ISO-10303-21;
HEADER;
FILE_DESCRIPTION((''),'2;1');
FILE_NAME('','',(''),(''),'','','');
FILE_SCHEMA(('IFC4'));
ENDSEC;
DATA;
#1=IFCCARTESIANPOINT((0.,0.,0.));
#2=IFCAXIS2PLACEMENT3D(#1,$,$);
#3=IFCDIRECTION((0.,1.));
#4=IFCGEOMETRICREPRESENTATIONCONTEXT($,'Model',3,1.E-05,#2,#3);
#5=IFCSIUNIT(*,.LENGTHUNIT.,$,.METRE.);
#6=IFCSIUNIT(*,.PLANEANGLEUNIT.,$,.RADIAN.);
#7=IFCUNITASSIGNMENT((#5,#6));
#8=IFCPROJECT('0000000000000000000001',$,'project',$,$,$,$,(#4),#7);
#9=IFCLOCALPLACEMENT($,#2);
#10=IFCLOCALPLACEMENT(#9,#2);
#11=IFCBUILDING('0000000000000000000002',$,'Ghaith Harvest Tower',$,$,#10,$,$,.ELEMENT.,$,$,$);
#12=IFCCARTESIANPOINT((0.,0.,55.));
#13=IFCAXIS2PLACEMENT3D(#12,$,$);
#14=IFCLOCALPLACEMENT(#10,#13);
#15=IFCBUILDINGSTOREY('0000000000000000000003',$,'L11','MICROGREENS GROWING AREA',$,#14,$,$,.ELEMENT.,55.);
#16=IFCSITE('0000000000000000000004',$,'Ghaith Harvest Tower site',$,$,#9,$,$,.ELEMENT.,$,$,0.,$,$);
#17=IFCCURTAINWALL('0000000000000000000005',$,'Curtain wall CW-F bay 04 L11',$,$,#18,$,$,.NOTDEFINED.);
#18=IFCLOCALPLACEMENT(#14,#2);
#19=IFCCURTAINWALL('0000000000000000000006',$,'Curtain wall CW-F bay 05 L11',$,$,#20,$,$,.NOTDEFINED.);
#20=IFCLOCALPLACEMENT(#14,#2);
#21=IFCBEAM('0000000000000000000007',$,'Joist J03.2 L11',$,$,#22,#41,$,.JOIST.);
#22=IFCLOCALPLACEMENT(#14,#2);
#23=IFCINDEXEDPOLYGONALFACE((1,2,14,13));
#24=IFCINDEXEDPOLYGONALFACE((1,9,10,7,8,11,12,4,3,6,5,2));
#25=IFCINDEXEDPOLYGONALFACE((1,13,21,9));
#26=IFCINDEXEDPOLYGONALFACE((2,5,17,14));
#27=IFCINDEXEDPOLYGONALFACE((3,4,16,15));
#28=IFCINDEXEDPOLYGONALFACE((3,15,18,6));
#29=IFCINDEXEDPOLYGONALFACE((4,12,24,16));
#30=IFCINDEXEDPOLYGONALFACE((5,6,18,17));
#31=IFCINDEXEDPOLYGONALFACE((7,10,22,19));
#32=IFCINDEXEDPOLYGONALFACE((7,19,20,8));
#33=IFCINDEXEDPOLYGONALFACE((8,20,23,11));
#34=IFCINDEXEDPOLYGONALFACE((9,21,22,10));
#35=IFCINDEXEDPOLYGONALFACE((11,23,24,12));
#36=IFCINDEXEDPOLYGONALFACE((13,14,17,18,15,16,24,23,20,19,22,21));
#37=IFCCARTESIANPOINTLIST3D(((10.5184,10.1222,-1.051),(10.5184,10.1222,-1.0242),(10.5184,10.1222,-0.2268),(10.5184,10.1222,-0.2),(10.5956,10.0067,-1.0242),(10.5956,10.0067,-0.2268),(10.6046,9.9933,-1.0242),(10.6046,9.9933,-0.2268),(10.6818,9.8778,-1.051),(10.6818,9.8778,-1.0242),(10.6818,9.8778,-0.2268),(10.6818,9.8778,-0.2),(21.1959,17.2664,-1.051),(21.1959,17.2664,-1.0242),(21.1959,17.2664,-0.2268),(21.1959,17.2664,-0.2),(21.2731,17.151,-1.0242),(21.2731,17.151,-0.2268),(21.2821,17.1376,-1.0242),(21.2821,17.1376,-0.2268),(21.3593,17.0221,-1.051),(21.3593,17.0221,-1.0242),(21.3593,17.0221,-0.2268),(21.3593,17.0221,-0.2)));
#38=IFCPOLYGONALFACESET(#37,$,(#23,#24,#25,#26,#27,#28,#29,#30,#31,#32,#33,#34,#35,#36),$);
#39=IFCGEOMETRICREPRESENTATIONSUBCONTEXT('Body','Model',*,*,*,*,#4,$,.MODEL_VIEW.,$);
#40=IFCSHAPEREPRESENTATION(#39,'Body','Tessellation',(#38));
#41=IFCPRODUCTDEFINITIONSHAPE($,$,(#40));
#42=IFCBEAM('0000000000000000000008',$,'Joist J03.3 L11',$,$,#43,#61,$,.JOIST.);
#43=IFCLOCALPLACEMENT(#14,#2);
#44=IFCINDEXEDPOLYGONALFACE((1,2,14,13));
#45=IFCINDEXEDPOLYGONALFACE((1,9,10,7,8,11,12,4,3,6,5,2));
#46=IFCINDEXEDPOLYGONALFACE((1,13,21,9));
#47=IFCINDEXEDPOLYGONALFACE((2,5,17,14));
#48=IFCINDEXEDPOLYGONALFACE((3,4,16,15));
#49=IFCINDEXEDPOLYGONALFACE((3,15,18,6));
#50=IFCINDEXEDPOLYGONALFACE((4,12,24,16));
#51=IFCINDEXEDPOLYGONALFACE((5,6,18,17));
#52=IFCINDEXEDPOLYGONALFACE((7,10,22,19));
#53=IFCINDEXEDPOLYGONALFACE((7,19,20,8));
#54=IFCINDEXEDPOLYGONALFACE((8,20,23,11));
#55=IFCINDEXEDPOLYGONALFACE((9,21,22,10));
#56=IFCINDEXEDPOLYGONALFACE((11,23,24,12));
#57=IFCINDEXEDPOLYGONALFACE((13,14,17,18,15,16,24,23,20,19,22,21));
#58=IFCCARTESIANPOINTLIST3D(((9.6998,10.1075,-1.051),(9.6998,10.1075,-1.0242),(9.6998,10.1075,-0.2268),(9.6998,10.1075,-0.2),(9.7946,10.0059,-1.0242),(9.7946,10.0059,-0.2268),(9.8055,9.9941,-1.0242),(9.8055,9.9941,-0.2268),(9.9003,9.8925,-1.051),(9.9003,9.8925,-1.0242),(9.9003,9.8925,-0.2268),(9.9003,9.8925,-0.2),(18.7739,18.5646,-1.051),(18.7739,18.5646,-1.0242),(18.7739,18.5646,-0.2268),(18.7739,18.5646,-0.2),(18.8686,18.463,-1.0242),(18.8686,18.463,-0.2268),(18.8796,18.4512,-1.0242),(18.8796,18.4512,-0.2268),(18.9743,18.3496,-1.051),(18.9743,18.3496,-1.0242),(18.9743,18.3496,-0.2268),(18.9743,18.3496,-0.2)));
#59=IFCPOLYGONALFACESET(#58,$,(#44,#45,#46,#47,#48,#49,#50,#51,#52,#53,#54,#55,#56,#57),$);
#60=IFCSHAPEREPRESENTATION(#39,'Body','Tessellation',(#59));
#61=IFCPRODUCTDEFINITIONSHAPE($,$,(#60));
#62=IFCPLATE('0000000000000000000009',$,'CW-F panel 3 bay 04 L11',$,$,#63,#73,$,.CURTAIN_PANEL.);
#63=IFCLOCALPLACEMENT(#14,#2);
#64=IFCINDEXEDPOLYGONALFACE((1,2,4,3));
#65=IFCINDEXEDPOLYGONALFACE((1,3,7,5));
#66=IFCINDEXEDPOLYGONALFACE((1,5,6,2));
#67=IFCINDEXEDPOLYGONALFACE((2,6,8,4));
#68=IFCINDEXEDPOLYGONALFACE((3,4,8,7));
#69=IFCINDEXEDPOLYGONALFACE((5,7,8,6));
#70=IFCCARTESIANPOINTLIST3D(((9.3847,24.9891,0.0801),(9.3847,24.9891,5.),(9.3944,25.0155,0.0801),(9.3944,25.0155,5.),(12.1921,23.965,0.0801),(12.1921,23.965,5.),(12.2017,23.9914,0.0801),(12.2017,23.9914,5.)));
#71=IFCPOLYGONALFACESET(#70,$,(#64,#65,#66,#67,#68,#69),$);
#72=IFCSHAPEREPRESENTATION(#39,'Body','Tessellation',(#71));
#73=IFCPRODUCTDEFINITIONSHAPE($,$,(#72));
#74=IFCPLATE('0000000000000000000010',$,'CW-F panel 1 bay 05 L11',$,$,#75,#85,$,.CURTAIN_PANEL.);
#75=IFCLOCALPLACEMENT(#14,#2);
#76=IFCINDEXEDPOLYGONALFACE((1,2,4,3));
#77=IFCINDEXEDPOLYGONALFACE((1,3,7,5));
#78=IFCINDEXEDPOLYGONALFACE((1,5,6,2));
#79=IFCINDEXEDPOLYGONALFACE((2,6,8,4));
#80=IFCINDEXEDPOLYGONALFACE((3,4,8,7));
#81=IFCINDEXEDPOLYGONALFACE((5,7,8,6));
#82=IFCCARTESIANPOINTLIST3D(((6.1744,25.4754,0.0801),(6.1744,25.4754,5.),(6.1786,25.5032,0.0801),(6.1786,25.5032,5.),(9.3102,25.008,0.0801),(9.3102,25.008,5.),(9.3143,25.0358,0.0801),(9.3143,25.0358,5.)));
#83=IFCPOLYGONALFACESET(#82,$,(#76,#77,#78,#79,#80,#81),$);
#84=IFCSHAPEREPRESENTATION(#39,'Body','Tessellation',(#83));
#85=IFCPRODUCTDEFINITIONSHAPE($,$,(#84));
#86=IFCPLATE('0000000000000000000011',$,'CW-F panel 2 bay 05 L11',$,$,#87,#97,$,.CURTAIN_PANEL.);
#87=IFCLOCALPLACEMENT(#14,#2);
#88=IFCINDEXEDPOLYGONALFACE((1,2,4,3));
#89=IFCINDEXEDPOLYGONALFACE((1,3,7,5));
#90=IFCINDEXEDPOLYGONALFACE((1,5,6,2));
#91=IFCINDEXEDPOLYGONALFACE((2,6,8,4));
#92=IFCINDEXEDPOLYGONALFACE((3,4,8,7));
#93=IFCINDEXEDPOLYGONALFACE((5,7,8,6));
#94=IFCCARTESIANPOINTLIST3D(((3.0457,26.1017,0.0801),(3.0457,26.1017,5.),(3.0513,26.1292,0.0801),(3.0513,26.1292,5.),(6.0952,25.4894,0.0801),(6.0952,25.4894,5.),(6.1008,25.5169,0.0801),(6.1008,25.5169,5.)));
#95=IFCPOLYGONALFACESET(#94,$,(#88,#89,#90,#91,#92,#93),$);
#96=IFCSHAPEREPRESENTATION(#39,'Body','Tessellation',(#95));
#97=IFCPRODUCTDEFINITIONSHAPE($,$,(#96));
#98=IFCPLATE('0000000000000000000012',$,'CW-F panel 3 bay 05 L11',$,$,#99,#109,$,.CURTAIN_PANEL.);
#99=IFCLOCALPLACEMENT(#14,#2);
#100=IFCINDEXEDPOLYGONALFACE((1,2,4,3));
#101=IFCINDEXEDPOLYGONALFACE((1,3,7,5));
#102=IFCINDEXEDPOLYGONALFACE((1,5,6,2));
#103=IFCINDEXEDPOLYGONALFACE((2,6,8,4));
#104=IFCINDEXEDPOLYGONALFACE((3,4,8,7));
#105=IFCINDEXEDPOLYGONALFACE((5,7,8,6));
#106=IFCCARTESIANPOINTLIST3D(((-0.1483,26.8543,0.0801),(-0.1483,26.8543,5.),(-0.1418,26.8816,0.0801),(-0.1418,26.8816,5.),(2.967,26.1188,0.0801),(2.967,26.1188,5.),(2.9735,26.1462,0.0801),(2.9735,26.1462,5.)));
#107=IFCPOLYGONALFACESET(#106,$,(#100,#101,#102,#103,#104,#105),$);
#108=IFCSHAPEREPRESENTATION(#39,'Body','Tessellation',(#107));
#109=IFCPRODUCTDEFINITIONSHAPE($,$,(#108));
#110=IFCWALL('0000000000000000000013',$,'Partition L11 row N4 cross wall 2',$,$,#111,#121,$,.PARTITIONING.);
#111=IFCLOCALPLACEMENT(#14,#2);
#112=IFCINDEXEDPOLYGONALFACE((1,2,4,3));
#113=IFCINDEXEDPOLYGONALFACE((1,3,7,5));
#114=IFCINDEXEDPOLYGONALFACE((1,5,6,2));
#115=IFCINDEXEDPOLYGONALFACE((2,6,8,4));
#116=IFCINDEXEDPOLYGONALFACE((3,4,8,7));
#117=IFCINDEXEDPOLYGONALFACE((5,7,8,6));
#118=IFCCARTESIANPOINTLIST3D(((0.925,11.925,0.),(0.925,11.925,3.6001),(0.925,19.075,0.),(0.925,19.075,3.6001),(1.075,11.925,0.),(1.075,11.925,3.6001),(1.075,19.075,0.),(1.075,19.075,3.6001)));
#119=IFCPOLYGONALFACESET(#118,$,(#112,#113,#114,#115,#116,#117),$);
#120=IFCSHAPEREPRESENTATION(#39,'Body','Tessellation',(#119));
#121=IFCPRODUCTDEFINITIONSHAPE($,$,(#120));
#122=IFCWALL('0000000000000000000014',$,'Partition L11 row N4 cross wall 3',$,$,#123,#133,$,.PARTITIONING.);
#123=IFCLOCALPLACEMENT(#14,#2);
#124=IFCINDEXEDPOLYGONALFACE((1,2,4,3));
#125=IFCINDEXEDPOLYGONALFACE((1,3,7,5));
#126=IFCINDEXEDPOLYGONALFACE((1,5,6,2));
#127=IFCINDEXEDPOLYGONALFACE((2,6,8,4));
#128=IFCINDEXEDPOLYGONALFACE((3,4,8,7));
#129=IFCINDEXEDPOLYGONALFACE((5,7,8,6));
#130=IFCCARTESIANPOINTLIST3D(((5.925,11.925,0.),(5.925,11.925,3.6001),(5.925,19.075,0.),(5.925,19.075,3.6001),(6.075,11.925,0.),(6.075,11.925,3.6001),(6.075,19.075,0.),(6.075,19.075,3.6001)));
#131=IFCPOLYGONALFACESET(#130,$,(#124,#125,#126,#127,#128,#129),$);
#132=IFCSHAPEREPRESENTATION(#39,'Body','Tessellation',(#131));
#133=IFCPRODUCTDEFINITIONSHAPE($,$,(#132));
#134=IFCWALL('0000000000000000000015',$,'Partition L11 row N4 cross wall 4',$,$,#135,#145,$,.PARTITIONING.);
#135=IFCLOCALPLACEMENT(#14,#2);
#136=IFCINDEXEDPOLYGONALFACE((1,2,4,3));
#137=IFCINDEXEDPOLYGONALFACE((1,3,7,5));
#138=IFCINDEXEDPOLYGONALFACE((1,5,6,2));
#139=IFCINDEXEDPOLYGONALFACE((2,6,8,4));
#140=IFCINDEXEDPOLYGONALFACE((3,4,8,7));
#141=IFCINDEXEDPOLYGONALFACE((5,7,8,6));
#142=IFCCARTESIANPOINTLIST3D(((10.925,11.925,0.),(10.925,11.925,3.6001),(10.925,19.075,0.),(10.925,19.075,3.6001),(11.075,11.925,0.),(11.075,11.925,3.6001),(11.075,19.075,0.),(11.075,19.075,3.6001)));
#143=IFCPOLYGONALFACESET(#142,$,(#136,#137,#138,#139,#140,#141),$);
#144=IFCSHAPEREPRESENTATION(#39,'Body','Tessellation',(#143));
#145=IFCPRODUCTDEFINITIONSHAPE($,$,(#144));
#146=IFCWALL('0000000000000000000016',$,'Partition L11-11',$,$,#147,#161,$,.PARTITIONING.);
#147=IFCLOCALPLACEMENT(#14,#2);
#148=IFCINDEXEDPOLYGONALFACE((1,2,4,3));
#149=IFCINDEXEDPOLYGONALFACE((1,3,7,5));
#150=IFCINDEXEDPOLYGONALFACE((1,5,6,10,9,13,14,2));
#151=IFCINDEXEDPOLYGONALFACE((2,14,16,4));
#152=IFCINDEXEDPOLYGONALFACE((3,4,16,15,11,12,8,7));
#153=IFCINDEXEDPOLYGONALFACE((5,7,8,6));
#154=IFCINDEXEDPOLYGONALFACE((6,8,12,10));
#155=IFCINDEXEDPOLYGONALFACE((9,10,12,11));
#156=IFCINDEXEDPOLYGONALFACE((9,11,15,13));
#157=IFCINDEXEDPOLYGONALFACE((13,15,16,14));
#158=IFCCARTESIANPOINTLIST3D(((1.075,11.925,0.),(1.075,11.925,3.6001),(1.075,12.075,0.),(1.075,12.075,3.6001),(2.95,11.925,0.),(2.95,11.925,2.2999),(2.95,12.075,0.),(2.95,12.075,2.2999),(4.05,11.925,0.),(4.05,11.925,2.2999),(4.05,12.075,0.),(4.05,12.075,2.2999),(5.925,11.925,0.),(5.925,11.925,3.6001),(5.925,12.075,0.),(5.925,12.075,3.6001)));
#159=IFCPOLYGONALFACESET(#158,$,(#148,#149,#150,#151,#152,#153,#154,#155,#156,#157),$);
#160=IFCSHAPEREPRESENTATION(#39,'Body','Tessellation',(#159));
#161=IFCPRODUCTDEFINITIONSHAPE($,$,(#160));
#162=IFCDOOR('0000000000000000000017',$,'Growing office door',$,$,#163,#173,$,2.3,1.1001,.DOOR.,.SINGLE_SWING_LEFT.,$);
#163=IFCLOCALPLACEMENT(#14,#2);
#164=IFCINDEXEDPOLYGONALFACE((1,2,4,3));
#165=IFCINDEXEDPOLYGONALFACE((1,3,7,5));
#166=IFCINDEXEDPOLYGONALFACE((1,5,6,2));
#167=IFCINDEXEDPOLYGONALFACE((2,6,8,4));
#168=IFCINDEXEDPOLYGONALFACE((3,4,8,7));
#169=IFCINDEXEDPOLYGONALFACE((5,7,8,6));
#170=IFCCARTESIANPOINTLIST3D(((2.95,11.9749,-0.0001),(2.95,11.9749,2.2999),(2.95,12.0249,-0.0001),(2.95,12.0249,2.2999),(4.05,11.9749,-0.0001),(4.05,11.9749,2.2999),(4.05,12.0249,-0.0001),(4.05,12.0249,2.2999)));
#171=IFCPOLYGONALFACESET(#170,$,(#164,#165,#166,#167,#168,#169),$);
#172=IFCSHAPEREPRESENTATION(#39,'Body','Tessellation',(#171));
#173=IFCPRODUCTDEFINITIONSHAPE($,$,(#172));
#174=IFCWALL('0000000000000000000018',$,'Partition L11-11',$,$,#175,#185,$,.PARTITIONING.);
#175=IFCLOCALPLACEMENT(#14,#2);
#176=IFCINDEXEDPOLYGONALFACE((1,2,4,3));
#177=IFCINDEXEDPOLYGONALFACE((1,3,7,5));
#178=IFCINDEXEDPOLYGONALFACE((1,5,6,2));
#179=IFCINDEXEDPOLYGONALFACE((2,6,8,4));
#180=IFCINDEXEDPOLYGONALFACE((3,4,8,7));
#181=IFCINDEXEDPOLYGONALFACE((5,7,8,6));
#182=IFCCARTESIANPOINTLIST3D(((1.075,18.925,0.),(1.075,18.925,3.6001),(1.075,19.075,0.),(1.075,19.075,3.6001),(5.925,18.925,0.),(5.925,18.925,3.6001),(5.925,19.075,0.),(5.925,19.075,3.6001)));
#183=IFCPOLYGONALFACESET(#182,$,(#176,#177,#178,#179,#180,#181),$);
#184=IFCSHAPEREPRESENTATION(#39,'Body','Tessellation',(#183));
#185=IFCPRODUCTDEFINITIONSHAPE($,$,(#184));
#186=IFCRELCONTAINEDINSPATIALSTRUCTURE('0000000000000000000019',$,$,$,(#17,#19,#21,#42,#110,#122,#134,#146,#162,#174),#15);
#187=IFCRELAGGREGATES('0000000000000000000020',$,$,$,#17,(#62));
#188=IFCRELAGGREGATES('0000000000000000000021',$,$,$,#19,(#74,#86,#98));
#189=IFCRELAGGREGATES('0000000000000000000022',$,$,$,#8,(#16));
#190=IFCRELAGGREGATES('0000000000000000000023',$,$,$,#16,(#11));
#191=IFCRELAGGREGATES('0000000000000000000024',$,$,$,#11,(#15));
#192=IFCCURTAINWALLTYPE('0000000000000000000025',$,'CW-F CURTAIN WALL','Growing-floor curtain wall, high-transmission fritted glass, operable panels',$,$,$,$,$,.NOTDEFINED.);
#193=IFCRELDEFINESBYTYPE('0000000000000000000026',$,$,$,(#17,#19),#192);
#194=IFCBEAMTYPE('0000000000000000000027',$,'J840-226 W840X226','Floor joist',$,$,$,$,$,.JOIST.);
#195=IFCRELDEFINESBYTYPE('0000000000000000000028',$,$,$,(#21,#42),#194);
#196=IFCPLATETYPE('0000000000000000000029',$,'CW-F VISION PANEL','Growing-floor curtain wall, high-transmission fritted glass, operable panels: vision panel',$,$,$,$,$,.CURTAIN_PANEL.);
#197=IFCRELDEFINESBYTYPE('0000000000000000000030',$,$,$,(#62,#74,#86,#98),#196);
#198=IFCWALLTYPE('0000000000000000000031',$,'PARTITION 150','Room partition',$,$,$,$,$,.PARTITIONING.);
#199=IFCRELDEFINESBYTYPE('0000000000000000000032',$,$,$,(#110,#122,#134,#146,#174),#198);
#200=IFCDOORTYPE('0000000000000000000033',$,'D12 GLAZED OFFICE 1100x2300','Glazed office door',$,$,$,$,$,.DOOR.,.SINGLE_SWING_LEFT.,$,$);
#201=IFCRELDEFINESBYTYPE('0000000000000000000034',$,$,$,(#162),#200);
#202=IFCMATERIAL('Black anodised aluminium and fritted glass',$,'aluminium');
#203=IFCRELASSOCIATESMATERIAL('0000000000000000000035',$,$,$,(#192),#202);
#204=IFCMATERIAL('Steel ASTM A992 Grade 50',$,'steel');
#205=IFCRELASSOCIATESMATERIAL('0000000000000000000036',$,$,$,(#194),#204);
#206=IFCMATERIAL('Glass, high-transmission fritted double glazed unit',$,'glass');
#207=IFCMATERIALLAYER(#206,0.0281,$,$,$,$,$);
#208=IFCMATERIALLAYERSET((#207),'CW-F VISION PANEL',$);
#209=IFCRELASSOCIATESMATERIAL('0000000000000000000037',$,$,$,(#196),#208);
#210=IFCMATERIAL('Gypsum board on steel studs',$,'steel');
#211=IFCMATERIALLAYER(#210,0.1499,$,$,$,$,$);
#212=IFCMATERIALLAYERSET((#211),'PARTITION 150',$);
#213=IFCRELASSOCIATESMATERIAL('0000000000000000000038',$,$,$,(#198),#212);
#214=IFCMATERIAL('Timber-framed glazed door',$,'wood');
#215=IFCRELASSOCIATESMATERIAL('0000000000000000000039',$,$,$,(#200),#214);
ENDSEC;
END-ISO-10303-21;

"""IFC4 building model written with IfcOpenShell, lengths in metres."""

from ifc_helpers import new_model, si_unit, direction, frame, frame_2d, origin, origin_2d, place, context, subcontext, project, spatial, rectangle, i_section, extrude, material, layer, layer_set, material_profile, profile_set, type_object, element, fill, aggregate, save


model = new_model("IFC4")

# Units and contexts
model_context = context("Model", 3, precision=1e-05, world=origin(), true_north=direction((0.0, 1.0)))
body_context = subcontext(model_context, "Body", "Model", "MODEL_VIEW")
ifc_project = project(units=[si_unit("LENGTHUNIT", "METRE"), si_unit("PLANEANGLEUNIT", "RADIAN")], contexts=[model_context])

# Site, building, storey
site_placement = place(None, origin())
site = spatial("IfcSite", under=ifc_project, at=site_placement, Name="Ghaith Harvest Tower site", CompositionType="ELEMENT", RefElevation=0.0)
building_placement = place(site_placement, origin())
building = spatial("IfcBuilding", under=site, at=building_placement, Name="Ghaith Harvest Tower", CompositionType="ELEMENT")
storey_placement = place(building_placement, frame((0.0, 0.0, 55.0)))
storey = spatial("IfcBuildingStorey", under=building, at=storey_placement, Name="L11", Description="MICROGREENS GROWING AREA", CompositionType="ELEMENT", Elevation=55.0)

# Curtain wall
ifc_material_1 = material(Name="Black anodised aluminium and fritted glass", Category="aluminium")
curtain_wall_type = type_object("IfcCurtainWallType", Name="CW-F CURTAIN WALL", Description="Growing-floor curtain wall, high-transmission fritted glass, operable panels", PredefinedType="NOTDEFINED", material=ifc_material_1)
curtain_wall_1_placement = place(storey_placement, origin())
curtain_wall_1 = element("IfcCurtainWall", 1, at=curtain_wall_1_placement, inside=storey, type_object=curtain_wall_type, Name="Curtain wall CW-F bay 04 L11", PredefinedType="NOTDEFINED")

# Curtain wall
curtain_wall_2_placement = place(storey_placement, origin())
curtain_wall_2 = element("IfcCurtainWall", 2, at=curtain_wall_2_placement, inside=storey, type_object=curtain_wall_type, Name="Curtain wall CW-F bay 05 L11", PredefinedType="NOTDEFINED")

# Beams
ifc_material_2 = material(Name="Steel ASTM A992 Grade 50", Category="steel")
ifc_material_profile_1 = material_profile(ifc_material_2, i_section(OverallWidth=0.2939, OverallDepth=0.8511, WebThickness=0.0161, FlangeThickness=0.0269, at=origin_2d()), Name="W840X226")
ifc_profile_set_1 = profile_set([ifc_material_profile_1], Name="Steel ASTM A992 Grade 50")
beam_type_1 = type_object("IfcBeamType", Name="J840-226 W840X226", Description="Floor joist", PredefinedType="JOIST", material=ifc_profile_set_1)
beam_1_placement = place(storey_placement, frame((10.6001, 10.0, -0.6255), z_axis=(0.831116, 0.556098, 0.0), x_axis=(-0.556098, 0.831116, 0.0)))
element("IfcBeam", 3, at=beam_1_placement, inside=storey, type_object=beam_type_1, Name="Joist J03.2 L11", PredefinedType="JOIST", context=body_context, shape_type="SweptSolid", body=[
    extrude(i_section(OverallWidth=0.2939, OverallDepth=0.8511, WebThickness=0.0161, FlangeThickness=0.0269, at=origin_2d()), origin(), (0.0, 0.0, 1.0), 12.8472),
])
beam_2_placement = place(storey_placement, frame((9.8, 10.0, -0.6255), z_axis=(0.731538, 0.681801, 0.0), x_axis=(-0.681801, 0.731538, 0.0)))
element("IfcBeam", 4, at=beam_2_placement, inside=storey, type_object=beam_type_1, Name="Joist J03.3 L11", PredefinedType="JOIST", context=body_context, shape_type="SweptSolid", body=[
    extrude(i_section(OverallWidth=0.2939, OverallDepth=0.8511, WebThickness=0.0161, FlangeThickness=0.0269, at=origin_2d()), origin(), (0.0, 0.0, 1.0), 12.4041),
])

# Plates
ifc_material_3 = material(Name="Glass, high-transmission fritted double glazed unit", Category="glass")
ifc_layer_1 = layer(ifc_material_3, 0.0281)
ifc_layer_set_1 = layer_set([ifc_layer_1], Name="CW-F VISION PANEL")
plate_type = type_object("IfcPlateType", Name="CW-F VISION PANEL", Description="Growing-floor curtain wall, high-transmission fritted glass, operable panels: vision panel", PredefinedType="CURTAIN_PANEL", material=ifc_layer_set_1)
plate_1_placement = place(storey_placement, frame((10.7932, 24.4902, 0.0801), z_axis=(0.0, 0.0, 1.0), x_axis=(-0.939438, 0.342718, 0.0)))
plate_1 = element("IfcPlate", 5, at=plate_1_placement, type_object=plate_type, Name="CW-F panel 3 bay 04 L11", PredefinedType="CURTAIN_PANEL", context=body_context, shape_type="SweptSolid", body=[
    extrude(rectangle(XDim=2.9883, YDim=0.0281, at=origin_2d()), origin(), (0.0, 0.0, 1.0), 4.9199),
])
aggregate(curtain_wall_1, [plate_1])
plate_2_placement = place(storey_placement, frame((7.7444, 25.2556, 0.0801), z_axis=(0.0, 0.0, 1.0), x_axis=(-0.989074, 0.147418, 0.0)))
plate_2 = element("IfcPlate", 6, at=plate_2_placement, type_object=plate_type, Name="CW-F panel 1 bay 05 L11", PredefinedType="CURTAIN_PANEL", context=body_context, shape_type="SweptSolid", body=[
    extrude(rectangle(XDim=3.1704, YDim=0.0281, at=origin_2d()), origin(), (0.0, 0.0, 1.0), 4.9199),
])
plate_3_placement = place(storey_placement, frame((4.5732, 25.8093, 0.0801), z_axis=(0.0, 0.0, 1.0), x_axis=(-0.980432, 0.196856, 0.0)))
plate_3 = element("IfcPlate", 7, at=plate_3_placement, type_object=plate_type, Name="CW-F panel 2 bay 05 L11", PredefinedType="CURTAIN_PANEL", context=body_context, shape_type="SweptSolid", body=[
    extrude(rectangle(XDim=3.1104, YDim=0.0281, at=origin_2d()), origin(), (0.0, 0.0, 1.0), 4.9199),
])
plate_4_placement = place(storey_placement, frame((1.4126, 26.5002, 0.0801), z_axis=(0.0, 0.0, 1.0), x_axis=(-0.973246, 0.229766, 0.0)))
plate_4 = element("IfcPlate", 8, at=plate_4_placement, type_object=plate_type, Name="CW-F panel 3 bay 05 L11", PredefinedType="CURTAIN_PANEL", context=body_context, shape_type="SweptSolid", body=[
    extrude(rectangle(XDim=3.2009, YDim=0.0281, at=origin_2d()), origin(), (0.0, 0.0, 1.0), 4.9199),
])
aggregate(curtain_wall_2, [plate_2, plate_3, plate_4])

# Walls
ifc_material_4 = material(Name="Gypsum board on steel studs", Category="steel")
ifc_layer_2 = layer(ifc_material_4, 0.1499)
ifc_layer_set_2 = layer_set([ifc_layer_2], Name="PARTITION 150")
wall_type = type_object("IfcWallType", Name="PARTITION 150", Description="Room partition", PredefinedType="PARTITIONING", material=ifc_layer_set_2)
for number, where, z_axis, x_axis, name in (
    (9, (1.0, 11.925, 0.0), (0.0, 0.0, 1.0), (0.0, 1.0, 0.0), "Partition L11 row N4 cross wall 2"),
    (10, (6.0, 11.925, 0.0), (0.0, 0.0, 1.0), (0.0, 1.0, 0.0), "Partition L11 row N4 cross wall 3"),
    (11, (11.0, 11.925, 0.0), (0.0, 0.0, 1.0), (0.0, 1.0, 0.0), "Partition L11 row N4 cross wall 4"),
):
    element("IfcWall", number, at=place(storey_placement, frame(where, z_axis=z_axis, x_axis=x_axis)), inside=storey, type_object=wall_type, Name=name, PredefinedType="PARTITIONING", context=body_context, shape_type="SweptSolid", body=[
        extrude(rectangle(XDim=7.1499, YDim=0.1499, at=frame_2d((3.575, 0.0))), origin(), (0.0, 0.0, 1.0), 3.6001),
    ])

# Wall, opening, door
wall_1_placement = place(storey_placement, frame((1.075, 12.0, 0.0), z_axis=(0.0, 0.0, 1.0), x_axis=(1.0, 0.0, 0.0)))
wall_1 = element("IfcWall", 12, at=wall_1_placement, inside=storey, type_object=wall_type, Name="Partition L11-11", PredefinedType="PARTITIONING", context=body_context, shape_type="SweptSolid", body=[
    extrude(rectangle(XDim=4.8501, YDim=0.1499, at=frame_2d((2.425, 0.0))), origin(), (0.0, 0.0, 1.0), 3.6001),
])
opening_1_placement = place(wall_1_placement, frame((1.875, 0.0, 0.0)))
opening_1 = element("IfcOpeningElement", 13, at=opening_1_placement, cuts=wall_1, PredefinedType="OPENING", context=body_context, shape_type="SweptSolid", body=[
    extrude(rectangle(XDim=1.1001, YDim=2.3, at=frame_2d((0.55, 1.1499))), frame((0.0, 0.085, 0.0), z_axis=(0.0, -1.0, 0.0), x_axis=(1.0, 0.0, 0.0)), (0.0, 0.0, 1.0), 0.1699),
])
ifc_material_5 = material(Name="Timber-framed glazed door", Category="wood")
door_type_1 = type_object("IfcDoorType", Name="D12 GLAZED OFFICE 1100x2300", Description="Glazed office door", OperationType="SINGLE_SWING_LEFT", PredefinedType="DOOR", material=ifc_material_5)
door_1_placement = place(opening_1_placement, origin())
door_1 = element("IfcDoor", 14, at=door_1_placement, inside=storey, type_object=door_type_1, Name="Growing office door", OperationType="SINGLE_SWING_LEFT", OverallHeight=2.3, OverallWidth=1.1001, PredefinedType="DOOR", context=body_context, shape_type="SweptSolid", body=[
    extrude(rectangle(XDim=1.1001, YDim=2.3, at=frame_2d((0.55, 1.1499))), frame((0.0, 0.0249, 0.0), z_axis=(0.0, -1.0, 0.0), x_axis=(1.0, 0.0, 0.0)), (0.0, 0.0, 1.0), 0.05),
])
fill(opening_1, door_1)

# Wall
wall_2_placement = place(storey_placement, frame((1.075, 19.0, 0.0), z_axis=(0.0, 0.0, 1.0), x_axis=(1.0, 0.0, 0.0)))
element("IfcWall", 15, at=wall_2_placement, inside=storey, type_object=wall_type, Name="Partition L11-11", PredefinedType="PARTITIONING", context=body_context, shape_type="SweptSolid", body=[
    extrude(rectangle(XDim=4.8501, YDim=0.1499, at=frame_2d((2.425, 0.0))), origin(), (0.0, 0.0, 1.0), 3.6001),
])

save(model, "model.ifc")
